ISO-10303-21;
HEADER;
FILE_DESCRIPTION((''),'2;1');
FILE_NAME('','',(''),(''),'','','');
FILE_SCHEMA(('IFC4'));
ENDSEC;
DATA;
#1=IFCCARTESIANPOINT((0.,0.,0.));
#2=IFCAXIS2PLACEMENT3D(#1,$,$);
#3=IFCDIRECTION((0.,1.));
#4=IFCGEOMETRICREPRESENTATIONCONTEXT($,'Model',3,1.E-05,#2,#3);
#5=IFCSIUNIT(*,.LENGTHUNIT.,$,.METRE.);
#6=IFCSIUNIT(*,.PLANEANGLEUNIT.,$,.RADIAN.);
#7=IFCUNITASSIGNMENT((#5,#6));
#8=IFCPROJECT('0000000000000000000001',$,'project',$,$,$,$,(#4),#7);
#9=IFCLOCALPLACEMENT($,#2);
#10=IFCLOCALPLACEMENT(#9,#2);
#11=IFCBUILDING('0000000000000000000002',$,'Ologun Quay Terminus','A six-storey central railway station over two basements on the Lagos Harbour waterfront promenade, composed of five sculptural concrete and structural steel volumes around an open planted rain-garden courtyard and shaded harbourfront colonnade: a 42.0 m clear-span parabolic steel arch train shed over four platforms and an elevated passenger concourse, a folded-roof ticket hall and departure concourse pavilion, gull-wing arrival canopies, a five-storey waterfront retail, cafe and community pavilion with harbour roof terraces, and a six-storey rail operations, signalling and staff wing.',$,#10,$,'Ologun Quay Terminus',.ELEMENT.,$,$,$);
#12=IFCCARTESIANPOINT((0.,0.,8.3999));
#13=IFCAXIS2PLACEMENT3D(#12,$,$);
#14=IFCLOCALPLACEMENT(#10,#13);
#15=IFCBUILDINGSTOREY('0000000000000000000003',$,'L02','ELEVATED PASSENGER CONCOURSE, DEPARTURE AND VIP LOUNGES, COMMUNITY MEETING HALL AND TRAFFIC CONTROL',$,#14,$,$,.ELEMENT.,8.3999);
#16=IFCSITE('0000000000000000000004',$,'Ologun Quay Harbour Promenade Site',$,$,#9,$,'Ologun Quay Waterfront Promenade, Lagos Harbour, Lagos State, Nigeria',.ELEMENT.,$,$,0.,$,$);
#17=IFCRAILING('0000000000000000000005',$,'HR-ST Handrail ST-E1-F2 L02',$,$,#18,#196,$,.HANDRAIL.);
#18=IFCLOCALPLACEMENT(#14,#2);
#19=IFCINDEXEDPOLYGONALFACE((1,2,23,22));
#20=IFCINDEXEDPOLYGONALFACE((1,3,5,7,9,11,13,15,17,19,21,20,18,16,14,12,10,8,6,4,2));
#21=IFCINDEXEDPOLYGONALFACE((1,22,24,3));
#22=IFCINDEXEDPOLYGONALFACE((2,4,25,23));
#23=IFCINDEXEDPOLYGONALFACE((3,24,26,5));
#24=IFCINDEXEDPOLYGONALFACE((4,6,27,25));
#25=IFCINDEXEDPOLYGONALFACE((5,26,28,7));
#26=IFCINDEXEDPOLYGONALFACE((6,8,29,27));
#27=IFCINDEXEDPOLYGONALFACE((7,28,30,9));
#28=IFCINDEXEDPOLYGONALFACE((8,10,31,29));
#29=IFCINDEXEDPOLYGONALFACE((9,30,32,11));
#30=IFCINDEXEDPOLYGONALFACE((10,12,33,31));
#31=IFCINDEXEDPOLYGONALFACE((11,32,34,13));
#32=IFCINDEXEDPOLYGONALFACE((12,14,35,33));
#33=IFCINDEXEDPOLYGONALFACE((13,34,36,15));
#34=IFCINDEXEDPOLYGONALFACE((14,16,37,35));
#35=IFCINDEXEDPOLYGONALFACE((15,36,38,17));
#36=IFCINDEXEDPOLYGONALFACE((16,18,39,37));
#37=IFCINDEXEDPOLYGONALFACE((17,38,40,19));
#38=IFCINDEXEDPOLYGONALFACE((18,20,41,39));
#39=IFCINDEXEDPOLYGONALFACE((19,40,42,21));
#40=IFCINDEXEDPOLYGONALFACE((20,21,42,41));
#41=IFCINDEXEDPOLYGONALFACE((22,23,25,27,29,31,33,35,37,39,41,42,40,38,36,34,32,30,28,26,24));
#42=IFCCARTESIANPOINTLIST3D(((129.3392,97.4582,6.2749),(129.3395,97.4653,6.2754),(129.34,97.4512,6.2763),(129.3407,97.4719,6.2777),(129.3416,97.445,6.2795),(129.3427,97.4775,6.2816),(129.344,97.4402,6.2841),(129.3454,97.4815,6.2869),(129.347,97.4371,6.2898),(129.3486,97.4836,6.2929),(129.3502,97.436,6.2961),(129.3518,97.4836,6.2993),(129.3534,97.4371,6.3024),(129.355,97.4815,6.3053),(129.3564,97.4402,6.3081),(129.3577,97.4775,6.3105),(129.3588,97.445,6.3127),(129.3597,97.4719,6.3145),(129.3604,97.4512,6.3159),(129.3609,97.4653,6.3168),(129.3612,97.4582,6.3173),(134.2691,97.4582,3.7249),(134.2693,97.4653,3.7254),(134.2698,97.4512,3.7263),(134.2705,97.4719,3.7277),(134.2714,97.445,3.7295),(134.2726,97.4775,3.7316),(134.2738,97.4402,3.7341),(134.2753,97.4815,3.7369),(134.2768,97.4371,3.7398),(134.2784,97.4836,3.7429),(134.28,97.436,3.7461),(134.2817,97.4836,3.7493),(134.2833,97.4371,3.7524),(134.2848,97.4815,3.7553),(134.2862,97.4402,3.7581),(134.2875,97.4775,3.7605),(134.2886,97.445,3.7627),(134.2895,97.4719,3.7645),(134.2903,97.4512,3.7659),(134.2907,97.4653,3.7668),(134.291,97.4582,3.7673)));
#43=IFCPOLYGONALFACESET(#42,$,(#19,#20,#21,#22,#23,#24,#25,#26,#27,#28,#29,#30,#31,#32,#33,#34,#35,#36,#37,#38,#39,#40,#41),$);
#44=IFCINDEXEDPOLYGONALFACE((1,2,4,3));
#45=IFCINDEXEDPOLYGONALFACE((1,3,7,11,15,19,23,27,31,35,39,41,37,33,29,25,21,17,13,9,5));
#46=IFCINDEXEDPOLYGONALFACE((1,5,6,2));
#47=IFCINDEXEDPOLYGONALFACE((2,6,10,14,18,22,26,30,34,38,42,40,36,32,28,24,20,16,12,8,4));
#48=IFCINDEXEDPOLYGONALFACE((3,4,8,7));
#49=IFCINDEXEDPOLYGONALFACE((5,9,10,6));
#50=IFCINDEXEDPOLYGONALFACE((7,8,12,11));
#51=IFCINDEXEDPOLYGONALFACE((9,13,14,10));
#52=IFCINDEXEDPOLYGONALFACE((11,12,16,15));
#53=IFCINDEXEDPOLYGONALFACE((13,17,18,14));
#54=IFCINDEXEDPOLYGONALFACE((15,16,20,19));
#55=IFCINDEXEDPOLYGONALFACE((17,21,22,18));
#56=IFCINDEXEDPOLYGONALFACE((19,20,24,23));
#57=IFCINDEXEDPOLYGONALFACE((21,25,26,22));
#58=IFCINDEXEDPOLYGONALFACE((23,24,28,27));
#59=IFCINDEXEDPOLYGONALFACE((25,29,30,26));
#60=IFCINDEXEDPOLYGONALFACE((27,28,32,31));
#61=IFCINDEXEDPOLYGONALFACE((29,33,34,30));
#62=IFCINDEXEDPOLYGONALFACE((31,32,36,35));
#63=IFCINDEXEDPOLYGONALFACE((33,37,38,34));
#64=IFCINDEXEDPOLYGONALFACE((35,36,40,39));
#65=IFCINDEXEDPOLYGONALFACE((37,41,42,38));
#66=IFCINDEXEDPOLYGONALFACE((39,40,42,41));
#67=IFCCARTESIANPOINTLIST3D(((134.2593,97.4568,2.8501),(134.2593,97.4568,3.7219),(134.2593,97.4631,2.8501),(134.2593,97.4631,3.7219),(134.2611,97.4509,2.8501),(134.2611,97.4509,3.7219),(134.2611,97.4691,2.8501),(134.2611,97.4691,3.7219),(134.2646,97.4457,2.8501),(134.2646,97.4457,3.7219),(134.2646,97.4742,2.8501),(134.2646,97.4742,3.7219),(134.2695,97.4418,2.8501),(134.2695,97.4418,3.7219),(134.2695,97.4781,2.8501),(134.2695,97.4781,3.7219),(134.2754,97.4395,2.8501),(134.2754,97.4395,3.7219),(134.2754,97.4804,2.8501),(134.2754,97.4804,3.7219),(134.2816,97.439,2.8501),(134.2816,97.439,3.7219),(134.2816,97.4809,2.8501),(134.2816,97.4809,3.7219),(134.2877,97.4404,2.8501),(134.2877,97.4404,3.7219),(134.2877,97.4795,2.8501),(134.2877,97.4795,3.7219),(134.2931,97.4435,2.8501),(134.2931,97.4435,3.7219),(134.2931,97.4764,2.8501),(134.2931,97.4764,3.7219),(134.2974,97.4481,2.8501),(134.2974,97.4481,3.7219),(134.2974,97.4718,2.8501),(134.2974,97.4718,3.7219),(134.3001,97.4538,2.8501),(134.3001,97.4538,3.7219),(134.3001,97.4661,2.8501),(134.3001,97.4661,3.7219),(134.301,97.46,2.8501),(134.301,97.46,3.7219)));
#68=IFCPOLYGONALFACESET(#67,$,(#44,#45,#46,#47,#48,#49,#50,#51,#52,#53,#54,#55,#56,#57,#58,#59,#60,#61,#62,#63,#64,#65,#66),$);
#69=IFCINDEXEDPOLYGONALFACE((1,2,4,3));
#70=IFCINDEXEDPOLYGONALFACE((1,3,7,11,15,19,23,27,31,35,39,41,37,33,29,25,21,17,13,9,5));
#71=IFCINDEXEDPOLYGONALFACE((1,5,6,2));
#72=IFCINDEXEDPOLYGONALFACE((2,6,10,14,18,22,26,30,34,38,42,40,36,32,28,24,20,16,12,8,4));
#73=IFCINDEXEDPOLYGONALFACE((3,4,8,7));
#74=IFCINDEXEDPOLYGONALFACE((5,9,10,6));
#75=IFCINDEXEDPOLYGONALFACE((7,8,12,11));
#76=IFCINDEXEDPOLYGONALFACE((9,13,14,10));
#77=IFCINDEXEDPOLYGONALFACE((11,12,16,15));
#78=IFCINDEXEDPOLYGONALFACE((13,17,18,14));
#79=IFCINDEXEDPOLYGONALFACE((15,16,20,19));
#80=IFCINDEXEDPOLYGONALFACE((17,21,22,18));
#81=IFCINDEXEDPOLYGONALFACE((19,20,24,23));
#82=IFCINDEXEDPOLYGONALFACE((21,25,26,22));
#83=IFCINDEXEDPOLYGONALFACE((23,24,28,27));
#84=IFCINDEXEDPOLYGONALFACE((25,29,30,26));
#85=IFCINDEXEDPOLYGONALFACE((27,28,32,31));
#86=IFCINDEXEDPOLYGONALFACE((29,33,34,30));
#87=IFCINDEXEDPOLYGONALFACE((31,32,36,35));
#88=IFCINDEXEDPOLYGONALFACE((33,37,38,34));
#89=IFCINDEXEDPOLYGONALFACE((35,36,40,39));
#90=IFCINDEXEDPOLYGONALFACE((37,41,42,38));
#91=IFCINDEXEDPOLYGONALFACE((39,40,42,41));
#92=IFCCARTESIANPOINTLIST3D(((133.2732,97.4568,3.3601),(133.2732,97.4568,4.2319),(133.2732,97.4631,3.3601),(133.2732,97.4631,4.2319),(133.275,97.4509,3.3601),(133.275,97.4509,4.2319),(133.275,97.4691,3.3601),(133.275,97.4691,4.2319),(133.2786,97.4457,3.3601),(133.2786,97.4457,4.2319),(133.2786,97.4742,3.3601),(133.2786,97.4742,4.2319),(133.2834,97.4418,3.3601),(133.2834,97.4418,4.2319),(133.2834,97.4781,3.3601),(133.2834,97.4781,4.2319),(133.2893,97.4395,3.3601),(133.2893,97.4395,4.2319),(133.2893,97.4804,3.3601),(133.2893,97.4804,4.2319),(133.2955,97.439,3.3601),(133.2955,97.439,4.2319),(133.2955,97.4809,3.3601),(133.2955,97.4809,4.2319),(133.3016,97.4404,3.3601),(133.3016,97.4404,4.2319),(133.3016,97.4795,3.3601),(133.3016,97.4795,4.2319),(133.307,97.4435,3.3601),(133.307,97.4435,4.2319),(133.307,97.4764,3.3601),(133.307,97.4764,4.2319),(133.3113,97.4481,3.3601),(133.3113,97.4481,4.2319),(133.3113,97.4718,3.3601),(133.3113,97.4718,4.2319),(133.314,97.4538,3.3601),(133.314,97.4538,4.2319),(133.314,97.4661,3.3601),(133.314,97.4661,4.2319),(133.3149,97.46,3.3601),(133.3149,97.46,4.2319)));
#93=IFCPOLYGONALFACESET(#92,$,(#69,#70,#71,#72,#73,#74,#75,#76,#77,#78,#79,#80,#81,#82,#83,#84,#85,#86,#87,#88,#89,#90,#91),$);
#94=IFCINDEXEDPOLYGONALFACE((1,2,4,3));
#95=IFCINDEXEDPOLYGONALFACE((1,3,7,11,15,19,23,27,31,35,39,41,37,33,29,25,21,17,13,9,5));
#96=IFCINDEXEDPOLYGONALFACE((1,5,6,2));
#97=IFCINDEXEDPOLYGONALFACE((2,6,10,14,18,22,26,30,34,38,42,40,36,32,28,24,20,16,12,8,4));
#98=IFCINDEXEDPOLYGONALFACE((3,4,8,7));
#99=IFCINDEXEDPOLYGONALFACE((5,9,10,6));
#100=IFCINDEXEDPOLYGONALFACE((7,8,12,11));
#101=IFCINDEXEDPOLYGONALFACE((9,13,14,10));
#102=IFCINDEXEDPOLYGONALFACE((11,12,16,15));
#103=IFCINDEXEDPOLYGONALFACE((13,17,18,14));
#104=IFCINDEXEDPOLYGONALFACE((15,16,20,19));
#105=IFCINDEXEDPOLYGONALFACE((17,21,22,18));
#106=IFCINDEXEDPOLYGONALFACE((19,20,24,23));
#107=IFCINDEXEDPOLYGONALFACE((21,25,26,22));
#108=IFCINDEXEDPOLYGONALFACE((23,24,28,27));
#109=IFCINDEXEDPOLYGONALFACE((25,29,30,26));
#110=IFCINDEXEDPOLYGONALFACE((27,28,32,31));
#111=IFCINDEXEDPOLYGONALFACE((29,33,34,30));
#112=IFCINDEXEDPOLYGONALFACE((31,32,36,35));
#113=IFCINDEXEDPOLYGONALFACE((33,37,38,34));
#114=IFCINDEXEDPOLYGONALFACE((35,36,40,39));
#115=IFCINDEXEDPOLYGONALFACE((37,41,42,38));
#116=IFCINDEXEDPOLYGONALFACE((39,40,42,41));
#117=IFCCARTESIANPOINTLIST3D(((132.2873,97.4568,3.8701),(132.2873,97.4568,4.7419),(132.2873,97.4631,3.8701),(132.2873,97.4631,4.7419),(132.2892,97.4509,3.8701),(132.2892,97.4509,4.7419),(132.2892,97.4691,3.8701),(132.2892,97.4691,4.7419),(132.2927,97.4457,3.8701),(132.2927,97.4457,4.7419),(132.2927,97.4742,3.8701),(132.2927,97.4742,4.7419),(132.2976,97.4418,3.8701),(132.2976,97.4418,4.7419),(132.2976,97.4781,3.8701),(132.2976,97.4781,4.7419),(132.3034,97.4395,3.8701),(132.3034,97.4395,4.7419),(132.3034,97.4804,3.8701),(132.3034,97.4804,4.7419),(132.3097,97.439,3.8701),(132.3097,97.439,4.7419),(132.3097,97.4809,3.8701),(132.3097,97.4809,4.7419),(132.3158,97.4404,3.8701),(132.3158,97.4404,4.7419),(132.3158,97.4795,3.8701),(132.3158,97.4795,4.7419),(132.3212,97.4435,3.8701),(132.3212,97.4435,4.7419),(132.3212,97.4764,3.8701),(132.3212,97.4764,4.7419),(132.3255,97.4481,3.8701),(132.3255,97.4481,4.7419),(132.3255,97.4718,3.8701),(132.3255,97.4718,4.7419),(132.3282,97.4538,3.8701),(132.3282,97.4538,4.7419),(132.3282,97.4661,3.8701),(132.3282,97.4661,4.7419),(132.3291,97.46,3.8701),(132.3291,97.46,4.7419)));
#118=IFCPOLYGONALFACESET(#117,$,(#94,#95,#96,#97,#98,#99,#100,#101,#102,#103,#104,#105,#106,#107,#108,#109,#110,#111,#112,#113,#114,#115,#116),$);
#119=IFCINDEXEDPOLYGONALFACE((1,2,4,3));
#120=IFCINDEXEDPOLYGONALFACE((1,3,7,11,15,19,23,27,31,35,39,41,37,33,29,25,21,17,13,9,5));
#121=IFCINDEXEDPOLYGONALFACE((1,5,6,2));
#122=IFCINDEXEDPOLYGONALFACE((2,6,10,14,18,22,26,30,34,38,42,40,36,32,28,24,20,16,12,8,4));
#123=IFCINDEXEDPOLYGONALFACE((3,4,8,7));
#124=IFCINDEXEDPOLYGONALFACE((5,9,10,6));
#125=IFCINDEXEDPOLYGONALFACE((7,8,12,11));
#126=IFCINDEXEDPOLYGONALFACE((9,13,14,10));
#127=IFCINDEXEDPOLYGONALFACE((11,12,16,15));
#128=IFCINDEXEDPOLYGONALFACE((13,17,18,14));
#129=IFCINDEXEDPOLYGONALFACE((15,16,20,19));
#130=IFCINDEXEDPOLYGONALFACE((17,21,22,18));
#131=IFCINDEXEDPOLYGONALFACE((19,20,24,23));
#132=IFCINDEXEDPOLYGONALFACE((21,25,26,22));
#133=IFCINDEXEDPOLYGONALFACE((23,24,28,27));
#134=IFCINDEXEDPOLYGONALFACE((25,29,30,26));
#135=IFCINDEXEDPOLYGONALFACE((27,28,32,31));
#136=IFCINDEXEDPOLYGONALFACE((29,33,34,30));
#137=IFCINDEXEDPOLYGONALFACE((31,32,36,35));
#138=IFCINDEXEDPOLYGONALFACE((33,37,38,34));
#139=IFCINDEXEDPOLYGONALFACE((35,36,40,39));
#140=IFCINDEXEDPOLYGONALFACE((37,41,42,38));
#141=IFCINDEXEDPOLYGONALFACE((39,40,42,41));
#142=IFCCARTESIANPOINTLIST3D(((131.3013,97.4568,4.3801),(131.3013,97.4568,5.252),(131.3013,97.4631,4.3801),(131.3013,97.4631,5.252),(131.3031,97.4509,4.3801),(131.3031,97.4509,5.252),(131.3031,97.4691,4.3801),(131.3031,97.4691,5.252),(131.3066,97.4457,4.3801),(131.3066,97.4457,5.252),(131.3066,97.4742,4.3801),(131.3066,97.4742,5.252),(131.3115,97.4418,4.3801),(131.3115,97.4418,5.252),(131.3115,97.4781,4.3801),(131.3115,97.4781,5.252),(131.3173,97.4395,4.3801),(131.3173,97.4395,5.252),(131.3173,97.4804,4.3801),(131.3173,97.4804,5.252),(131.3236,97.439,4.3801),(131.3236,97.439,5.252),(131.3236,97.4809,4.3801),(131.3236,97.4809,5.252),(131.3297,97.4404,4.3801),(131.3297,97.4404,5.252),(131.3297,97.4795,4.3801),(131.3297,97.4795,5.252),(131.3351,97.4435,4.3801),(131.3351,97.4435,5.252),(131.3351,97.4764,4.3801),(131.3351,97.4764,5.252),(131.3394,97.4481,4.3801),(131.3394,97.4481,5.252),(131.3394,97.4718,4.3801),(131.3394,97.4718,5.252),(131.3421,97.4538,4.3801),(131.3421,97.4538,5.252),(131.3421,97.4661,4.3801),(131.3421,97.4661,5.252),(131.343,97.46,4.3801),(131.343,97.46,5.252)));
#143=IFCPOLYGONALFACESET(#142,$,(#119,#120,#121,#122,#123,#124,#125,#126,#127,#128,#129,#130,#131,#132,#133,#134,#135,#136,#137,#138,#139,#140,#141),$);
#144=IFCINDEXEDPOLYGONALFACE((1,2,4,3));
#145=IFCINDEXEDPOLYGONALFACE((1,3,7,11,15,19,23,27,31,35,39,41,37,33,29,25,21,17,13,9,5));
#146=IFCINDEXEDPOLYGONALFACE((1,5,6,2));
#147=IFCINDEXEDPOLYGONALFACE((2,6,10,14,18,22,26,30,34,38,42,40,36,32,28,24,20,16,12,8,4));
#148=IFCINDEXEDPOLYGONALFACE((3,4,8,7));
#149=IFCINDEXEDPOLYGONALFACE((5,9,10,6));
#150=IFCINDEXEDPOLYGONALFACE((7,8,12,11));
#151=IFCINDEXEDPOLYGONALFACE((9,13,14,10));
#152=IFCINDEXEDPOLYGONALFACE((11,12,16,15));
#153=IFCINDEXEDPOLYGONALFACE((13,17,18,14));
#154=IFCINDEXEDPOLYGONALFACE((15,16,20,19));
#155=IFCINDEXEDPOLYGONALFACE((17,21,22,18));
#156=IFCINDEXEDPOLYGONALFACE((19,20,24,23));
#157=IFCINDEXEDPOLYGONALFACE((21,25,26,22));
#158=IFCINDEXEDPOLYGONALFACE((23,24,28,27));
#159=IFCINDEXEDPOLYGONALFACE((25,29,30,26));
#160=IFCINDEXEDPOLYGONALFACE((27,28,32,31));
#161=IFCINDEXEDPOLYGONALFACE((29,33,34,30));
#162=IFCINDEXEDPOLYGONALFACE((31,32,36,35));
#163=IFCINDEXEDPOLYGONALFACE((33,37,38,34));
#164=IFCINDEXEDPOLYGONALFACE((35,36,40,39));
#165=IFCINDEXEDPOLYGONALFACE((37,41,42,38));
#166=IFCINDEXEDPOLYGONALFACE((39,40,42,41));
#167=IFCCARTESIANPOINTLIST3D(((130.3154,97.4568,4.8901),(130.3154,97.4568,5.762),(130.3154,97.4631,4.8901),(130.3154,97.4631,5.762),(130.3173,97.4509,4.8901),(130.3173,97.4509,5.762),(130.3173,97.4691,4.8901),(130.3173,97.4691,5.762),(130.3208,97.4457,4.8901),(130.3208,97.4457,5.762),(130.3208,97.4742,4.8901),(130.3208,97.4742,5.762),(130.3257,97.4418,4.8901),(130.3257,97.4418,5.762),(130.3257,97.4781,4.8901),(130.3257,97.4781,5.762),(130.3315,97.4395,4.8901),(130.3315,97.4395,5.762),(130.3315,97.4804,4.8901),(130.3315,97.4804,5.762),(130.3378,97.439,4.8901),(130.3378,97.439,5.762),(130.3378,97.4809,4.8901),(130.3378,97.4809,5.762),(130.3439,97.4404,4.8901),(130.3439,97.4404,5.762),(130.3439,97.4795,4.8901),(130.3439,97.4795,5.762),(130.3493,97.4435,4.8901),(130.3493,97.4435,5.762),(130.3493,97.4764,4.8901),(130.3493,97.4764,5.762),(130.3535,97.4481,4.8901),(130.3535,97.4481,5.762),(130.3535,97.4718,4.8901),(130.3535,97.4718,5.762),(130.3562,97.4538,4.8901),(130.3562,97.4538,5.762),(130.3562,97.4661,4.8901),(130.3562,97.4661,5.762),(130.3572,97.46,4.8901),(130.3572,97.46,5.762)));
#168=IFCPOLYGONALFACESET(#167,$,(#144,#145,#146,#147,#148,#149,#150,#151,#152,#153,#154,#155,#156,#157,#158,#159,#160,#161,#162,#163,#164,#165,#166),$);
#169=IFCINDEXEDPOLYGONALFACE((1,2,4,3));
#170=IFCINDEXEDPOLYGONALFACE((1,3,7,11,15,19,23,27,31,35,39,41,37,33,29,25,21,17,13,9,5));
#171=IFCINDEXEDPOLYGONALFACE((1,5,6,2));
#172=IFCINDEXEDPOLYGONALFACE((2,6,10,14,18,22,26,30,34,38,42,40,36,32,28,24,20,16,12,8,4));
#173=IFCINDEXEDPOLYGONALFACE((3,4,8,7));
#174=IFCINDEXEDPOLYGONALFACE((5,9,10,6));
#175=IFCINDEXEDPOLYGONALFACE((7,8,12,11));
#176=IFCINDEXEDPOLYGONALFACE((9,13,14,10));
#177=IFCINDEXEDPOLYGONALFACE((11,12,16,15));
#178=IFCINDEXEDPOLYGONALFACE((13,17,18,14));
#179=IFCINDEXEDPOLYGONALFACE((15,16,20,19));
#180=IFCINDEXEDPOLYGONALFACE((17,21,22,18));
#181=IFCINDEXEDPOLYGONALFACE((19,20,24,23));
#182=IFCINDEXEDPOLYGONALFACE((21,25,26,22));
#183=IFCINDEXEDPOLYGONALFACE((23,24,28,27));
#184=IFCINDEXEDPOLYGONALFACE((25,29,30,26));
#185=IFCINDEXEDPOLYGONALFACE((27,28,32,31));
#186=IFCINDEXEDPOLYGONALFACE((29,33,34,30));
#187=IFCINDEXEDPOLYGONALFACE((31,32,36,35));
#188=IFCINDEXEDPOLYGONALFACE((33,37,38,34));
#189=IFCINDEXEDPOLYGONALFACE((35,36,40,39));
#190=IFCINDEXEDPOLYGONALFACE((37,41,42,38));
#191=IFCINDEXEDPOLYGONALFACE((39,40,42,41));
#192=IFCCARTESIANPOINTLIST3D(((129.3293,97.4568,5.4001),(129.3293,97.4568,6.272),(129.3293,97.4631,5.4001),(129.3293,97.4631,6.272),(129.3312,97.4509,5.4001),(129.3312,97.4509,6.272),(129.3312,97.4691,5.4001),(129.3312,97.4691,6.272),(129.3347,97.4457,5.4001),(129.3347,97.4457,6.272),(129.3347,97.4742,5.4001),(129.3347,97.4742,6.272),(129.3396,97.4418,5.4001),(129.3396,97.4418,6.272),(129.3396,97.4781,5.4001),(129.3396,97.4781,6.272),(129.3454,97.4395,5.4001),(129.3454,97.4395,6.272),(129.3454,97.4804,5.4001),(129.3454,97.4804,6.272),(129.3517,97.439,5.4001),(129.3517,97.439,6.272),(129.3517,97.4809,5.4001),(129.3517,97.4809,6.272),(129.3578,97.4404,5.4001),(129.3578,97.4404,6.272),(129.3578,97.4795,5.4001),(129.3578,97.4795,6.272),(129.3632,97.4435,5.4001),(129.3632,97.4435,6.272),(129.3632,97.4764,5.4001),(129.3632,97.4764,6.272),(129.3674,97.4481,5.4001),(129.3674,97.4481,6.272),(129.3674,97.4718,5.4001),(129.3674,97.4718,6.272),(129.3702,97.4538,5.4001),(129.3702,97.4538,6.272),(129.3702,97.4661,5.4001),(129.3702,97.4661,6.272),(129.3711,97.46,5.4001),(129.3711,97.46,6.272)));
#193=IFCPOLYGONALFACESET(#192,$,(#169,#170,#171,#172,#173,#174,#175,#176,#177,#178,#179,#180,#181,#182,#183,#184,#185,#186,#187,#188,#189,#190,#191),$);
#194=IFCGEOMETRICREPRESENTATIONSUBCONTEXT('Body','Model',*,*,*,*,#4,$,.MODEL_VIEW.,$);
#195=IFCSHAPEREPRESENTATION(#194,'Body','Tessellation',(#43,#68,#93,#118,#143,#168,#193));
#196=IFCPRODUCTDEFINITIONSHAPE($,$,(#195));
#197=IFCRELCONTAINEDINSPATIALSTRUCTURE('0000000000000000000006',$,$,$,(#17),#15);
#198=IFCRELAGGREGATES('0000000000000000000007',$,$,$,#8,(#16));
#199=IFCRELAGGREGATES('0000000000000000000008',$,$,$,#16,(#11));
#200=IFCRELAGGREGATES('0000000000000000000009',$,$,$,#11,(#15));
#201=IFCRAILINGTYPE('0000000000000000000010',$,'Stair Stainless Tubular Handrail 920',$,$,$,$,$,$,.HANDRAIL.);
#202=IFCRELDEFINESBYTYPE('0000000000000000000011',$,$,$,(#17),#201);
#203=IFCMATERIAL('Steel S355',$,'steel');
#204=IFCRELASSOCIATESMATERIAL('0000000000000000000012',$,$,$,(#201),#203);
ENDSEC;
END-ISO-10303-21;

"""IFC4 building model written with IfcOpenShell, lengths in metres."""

from ifc_helpers import new_model, si_unit, direction, frame, origin, origin_2d, place, context, subcontext, project, spatial, circle, extrude, material, type_object, element, save


model = new_model("IFC4")

# Units and contexts
model_context = context("Model", 3, precision=1e-05, world=origin(), true_north=direction((0.0, 1.0)))
body_context = subcontext(model_context, "Body", "Model", "MODEL_VIEW")
ifc_project = project(units=[si_unit("LENGTHUNIT", "METRE"), si_unit("PLANEANGLEUNIT", "RADIAN")], contexts=[model_context])

# Site, building, storey
site_placement = place(None, origin())
site = spatial("IfcSite", under=ifc_project, at=site_placement, Name="Ologun Quay Harbour Promenade Site", LongName="Ologun Quay Waterfront Promenade, Lagos Harbour, Lagos State, Nigeria", CompositionType="ELEMENT", RefElevation=0.0)
building_placement = place(site_placement, origin())
building = spatial("IfcBuilding", under=site, at=building_placement, Name="Ologun Quay Terminus", Description="A six-storey central railway station over two basements on the Lagos Harbour waterfront promenade, composed of five sculptural concrete and structural steel volumes around an open planted rain-garden courtyard and shaded harbourfront colonnade: a 42.0 m clear-span parabolic steel arch train shed over four platforms and an elevated passenger concourse, a folded-roof ticket hall and departure concourse pavilion, gull-wing arrival canopies, a five-storey waterfront retail, cafe and community pavilion with harbour roof terraces, and a six-storey rail operations, signalling and staff wing.", LongName="Ologun Quay Terminus", CompositionType="ELEMENT")
storey_placement = place(building_placement, frame((0.0, 0.0, 8.3999)))
storey = spatial("IfcBuildingStorey", under=building, at=storey_placement, Name="L02", Description="ELEVATED PASSENGER CONCOURSE, DEPARTURE AND VIP LOUNGES, COMMUNITY MEETING HALL AND TRAFFIC CONTROL", CompositionType="ELEMENT", Elevation=8.3999)

# Railing
ifc_material_1 = material(Name="Steel S355", Category="steel")
railing_type_1 = type_object("IfcRailingType", Name="Stair Stainless Tubular Handrail 920", PredefinedType="HANDRAIL", material=ifc_material_1)
railing_1_placement = place(storey_placement, frame((134.28, 97.46, 2.8501)))
element("IfcRailing", 1, at=railing_1_placement, inside=storey, type_object=railing_type_1, Name="HR-ST Handrail ST-E1-F2 L02", PredefinedType="HANDRAIL", context=body_context, shape_type="SweptSolid", body=[
    extrude(circle(Radius=0.0239, at=origin_2d()), frame((0.0, 0.0, 0.896), z_axis=(-0.888211, 0.0, 0.459435), x_axis=(0.0, -1.0, 0.0)), (0.0, 0.0, 1.0), 5.5503),
    extrude(circle(Radius=0.021, at=origin_2d()), origin(), (0.0, 0.0, 1.0), 0.8718),
    extrude(circle(Radius=0.021, at=origin_2d()), frame((-0.9861, 0.0, 0.51)), (0.0, 0.0, 1.0), 0.8718),
    extrude(circle(Radius=0.021, at=origin_2d()), frame((-1.9719, 0.0, 1.02)), (0.0, 0.0, 1.0), 0.8718),
    extrude(circle(Radius=0.021, at=origin_2d()), frame((-2.958, 0.0, 1.53)), (0.0, 0.0, 1.0), 0.8718),
    extrude(circle(Radius=0.021, at=origin_2d()), frame((-3.9438, 0.0, 2.04)), (0.0, 0.0, 1.0), 0.8718),
    extrude(circle(Radius=0.021, at=origin_2d()), frame((-4.9299, 0.0, 2.55)), (0.0, 0.0, 1.0), 0.8718),
])

save(model, "model.ifc")
